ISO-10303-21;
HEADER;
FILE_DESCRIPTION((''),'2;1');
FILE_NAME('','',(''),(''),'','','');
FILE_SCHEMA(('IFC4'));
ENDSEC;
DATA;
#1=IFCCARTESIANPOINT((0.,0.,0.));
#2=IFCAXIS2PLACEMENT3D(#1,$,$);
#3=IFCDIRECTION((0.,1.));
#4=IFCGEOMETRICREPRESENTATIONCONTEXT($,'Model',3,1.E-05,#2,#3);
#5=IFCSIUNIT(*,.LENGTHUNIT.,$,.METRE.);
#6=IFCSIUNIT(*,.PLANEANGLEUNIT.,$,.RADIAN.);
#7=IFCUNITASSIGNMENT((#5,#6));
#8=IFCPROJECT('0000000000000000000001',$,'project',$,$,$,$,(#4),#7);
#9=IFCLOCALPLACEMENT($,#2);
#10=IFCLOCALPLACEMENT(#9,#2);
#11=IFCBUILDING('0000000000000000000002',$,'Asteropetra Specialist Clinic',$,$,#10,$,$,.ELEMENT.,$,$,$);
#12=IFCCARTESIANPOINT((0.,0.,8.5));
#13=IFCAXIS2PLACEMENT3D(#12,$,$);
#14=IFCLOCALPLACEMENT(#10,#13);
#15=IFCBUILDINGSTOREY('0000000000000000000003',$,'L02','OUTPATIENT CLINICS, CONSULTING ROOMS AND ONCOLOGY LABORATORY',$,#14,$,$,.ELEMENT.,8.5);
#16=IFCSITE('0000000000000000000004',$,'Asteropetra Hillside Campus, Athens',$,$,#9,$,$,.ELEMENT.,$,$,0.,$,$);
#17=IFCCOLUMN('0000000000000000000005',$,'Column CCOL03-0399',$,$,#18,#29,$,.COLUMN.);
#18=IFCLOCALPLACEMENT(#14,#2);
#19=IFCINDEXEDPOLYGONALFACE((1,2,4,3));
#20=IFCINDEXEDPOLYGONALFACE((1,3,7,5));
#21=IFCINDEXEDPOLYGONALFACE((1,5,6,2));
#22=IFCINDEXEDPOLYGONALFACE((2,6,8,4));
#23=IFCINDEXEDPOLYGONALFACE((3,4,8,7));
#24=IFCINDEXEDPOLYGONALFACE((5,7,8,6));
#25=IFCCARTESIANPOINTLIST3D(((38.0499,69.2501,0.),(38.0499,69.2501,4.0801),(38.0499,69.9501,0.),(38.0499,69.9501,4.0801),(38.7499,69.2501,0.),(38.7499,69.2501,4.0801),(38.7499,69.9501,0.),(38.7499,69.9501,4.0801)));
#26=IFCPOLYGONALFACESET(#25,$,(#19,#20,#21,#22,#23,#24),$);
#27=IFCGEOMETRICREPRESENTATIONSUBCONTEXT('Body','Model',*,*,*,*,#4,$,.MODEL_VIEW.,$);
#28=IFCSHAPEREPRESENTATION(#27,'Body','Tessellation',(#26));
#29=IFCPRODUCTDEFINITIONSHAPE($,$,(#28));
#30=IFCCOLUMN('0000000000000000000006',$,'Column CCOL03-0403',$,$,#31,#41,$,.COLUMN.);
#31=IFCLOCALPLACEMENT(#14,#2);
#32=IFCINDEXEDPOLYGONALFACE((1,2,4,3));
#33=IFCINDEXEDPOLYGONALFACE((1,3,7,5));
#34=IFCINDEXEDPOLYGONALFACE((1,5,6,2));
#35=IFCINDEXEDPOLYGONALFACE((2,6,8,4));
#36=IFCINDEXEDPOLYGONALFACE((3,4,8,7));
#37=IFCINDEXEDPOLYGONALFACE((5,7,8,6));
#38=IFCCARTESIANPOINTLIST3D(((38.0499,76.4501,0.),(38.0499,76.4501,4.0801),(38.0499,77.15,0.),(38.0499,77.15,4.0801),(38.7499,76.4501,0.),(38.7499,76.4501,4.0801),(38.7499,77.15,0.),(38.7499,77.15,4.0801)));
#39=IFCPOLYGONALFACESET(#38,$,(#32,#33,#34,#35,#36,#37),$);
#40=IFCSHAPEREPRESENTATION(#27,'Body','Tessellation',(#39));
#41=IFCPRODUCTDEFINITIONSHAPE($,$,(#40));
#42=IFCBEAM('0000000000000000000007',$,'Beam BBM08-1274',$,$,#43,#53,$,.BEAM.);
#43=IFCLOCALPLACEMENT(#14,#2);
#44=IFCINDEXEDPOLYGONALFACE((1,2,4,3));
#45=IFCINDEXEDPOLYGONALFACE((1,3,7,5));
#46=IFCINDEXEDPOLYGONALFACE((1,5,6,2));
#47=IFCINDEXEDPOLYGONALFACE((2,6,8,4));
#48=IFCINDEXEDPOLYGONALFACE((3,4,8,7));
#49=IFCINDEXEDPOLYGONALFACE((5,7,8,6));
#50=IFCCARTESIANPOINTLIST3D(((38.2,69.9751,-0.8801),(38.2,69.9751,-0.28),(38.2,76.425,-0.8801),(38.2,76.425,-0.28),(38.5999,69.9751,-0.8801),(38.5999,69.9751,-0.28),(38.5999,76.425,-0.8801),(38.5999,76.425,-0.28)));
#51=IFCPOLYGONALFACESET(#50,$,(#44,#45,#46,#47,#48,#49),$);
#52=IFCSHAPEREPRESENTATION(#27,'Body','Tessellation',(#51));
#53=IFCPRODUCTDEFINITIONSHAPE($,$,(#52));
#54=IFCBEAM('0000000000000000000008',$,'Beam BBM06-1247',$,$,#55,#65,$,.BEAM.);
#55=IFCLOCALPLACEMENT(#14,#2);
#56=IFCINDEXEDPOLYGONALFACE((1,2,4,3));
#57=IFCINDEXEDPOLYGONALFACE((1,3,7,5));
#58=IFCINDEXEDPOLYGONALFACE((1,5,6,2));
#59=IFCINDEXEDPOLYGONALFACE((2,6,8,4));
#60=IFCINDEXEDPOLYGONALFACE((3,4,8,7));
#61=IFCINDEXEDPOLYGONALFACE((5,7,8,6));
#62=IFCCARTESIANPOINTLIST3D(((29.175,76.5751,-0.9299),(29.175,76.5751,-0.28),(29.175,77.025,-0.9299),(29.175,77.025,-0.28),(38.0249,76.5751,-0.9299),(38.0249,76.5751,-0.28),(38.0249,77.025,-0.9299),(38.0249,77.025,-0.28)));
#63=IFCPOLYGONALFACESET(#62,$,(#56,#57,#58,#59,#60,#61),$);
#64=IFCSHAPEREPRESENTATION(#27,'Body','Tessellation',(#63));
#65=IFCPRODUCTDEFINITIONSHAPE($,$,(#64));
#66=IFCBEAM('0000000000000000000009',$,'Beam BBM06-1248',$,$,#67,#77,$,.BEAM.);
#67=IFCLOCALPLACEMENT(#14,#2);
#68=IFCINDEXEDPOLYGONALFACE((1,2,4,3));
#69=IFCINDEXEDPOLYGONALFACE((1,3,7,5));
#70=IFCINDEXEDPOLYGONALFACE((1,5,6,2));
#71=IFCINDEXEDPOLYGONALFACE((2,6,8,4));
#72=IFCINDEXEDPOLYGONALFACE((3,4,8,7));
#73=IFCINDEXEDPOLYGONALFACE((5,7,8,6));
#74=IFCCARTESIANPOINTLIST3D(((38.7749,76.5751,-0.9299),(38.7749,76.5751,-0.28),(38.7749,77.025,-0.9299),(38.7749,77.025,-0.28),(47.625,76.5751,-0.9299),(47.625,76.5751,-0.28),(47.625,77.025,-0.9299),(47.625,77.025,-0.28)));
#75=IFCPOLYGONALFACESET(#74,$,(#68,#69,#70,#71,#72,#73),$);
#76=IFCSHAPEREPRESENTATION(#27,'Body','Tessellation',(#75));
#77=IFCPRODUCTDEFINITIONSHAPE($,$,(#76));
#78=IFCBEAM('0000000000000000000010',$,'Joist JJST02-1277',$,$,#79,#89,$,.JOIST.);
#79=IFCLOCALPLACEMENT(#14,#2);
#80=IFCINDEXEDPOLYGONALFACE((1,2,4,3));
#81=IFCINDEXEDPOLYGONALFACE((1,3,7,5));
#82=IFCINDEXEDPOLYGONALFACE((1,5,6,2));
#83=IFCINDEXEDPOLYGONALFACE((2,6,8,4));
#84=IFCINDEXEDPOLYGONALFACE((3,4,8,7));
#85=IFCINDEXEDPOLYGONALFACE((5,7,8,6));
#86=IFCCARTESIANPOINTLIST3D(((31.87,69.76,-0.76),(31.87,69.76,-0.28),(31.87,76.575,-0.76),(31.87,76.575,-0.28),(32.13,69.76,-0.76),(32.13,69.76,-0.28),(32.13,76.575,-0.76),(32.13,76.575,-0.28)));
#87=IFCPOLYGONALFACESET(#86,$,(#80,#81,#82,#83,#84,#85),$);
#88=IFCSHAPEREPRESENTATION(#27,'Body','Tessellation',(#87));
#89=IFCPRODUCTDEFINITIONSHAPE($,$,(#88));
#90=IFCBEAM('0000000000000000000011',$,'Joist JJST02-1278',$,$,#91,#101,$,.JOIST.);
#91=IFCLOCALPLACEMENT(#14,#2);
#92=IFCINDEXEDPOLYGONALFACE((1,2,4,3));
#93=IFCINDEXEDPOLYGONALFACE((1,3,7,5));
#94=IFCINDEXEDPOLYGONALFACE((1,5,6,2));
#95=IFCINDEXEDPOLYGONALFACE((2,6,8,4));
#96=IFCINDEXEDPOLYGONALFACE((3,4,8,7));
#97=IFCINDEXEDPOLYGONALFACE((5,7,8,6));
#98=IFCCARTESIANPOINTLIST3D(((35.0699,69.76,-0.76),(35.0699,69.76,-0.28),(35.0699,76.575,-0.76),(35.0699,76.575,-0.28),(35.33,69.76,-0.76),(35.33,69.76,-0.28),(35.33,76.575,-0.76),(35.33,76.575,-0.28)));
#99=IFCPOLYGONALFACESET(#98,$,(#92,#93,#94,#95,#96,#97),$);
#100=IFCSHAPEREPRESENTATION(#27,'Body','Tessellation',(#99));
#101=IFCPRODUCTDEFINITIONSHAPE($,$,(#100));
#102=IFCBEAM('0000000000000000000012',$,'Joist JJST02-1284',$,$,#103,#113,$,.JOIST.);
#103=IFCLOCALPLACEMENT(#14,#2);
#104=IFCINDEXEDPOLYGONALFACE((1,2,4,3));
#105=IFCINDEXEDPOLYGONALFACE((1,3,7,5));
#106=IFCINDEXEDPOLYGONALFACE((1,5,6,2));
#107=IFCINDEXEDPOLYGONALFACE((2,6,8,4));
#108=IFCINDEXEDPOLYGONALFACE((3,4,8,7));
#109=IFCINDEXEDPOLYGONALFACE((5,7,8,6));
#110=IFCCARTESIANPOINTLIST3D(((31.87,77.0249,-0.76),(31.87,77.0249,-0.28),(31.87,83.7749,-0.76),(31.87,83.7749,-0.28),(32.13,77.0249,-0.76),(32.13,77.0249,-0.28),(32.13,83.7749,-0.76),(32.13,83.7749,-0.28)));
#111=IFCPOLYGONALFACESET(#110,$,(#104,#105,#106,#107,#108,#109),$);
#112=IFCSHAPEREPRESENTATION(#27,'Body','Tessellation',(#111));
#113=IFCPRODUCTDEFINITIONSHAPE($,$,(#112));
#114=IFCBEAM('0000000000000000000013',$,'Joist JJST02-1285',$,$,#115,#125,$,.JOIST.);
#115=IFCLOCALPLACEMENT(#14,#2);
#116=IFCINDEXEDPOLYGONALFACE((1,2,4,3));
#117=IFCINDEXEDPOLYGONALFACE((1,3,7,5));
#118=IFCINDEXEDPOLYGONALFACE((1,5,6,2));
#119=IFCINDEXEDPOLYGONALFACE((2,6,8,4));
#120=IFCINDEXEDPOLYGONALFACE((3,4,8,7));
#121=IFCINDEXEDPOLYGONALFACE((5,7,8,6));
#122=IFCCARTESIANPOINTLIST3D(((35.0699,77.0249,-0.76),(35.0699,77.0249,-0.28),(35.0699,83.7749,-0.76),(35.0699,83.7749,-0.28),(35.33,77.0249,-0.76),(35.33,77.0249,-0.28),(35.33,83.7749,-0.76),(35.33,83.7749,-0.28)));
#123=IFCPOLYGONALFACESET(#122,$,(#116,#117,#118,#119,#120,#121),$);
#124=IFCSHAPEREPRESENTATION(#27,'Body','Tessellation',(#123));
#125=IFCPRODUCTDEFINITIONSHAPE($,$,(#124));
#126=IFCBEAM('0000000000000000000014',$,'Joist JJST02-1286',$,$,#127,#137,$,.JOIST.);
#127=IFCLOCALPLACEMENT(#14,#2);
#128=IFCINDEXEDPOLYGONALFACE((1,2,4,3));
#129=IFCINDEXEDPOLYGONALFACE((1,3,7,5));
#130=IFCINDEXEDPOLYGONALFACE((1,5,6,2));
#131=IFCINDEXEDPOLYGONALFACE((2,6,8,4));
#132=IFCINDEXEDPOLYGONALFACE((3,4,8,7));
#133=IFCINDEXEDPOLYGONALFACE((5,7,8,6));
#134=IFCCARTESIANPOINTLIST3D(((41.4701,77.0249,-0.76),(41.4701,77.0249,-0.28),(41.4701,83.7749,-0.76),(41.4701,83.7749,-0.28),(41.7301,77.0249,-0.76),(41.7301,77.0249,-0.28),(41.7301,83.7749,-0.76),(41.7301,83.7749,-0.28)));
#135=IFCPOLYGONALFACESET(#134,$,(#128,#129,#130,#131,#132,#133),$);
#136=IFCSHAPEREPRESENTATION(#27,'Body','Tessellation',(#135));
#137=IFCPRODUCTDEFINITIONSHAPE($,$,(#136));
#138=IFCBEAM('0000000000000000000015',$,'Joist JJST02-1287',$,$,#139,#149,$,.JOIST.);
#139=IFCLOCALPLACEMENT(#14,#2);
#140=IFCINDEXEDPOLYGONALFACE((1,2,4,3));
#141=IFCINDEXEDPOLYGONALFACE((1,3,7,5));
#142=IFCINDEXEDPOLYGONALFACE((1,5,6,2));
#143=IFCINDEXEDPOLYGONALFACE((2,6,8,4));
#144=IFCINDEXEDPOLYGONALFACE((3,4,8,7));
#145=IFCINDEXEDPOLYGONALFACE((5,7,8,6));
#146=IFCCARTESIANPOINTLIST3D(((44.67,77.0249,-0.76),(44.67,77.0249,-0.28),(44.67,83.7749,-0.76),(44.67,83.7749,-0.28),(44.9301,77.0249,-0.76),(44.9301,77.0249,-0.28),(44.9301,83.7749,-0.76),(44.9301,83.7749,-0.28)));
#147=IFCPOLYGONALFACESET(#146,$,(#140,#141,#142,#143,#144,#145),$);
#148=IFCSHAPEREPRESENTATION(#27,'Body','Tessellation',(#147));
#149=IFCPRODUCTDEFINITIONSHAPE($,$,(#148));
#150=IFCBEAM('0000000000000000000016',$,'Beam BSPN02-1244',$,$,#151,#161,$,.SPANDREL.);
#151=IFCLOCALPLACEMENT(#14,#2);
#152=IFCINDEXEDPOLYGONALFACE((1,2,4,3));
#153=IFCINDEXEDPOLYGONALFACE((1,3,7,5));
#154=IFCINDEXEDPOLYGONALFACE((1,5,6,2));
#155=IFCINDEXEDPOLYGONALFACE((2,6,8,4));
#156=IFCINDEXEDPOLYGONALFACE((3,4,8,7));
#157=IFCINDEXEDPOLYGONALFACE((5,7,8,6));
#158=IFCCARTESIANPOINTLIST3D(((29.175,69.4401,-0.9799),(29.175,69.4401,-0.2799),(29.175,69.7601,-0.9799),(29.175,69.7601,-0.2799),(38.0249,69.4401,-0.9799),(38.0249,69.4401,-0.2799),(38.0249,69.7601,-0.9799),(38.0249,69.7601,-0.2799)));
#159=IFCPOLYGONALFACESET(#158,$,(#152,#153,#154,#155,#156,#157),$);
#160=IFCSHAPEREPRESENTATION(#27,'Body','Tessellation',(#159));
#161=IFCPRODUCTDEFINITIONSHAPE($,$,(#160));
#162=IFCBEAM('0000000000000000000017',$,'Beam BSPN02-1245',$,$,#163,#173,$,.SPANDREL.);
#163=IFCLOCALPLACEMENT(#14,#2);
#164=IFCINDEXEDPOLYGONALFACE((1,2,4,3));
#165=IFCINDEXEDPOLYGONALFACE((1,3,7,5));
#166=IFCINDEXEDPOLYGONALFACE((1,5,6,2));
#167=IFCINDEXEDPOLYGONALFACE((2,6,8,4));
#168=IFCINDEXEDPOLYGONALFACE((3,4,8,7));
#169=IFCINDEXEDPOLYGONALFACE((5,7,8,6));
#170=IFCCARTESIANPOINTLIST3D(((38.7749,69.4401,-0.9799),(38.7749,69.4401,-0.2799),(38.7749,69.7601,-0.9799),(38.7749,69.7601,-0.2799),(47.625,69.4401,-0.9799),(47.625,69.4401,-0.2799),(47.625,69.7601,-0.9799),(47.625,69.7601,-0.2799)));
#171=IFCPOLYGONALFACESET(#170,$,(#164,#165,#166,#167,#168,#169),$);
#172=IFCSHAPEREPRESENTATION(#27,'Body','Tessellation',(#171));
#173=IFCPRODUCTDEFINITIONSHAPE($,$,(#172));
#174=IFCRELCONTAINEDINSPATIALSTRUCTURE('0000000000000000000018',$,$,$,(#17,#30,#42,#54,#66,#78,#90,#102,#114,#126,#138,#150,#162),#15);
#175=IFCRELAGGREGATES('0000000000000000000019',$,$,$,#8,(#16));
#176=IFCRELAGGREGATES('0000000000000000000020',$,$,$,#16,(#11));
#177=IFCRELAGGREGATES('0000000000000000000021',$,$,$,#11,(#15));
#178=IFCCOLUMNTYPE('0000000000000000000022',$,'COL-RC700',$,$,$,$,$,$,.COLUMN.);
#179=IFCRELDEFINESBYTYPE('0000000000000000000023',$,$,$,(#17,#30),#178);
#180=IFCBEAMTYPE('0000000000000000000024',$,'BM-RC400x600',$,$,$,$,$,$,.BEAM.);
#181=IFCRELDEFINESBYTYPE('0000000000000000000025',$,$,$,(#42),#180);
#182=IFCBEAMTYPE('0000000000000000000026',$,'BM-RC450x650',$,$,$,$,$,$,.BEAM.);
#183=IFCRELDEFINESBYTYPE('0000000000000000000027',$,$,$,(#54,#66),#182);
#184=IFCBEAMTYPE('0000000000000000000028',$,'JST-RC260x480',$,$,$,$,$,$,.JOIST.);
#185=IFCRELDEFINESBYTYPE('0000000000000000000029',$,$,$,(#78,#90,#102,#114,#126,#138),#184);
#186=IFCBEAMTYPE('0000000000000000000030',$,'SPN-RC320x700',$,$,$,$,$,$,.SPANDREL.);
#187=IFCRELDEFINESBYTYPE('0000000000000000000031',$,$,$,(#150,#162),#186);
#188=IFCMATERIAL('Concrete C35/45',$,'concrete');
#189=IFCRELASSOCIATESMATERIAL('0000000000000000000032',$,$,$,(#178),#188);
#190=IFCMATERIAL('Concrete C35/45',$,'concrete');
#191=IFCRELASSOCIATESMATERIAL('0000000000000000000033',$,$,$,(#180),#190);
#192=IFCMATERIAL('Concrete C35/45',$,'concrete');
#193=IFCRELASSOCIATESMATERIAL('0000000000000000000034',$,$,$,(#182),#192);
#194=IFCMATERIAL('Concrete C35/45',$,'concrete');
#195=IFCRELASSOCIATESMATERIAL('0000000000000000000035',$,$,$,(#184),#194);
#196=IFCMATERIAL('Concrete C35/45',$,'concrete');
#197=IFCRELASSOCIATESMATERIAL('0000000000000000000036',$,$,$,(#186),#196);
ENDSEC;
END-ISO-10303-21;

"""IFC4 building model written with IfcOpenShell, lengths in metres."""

from ifc_helpers import new_model, si_unit, direction, frame, origin, origin_2d, place, context, subcontext, project, spatial, rectangle, extrude, material, material_profile, profile_set, type_object, element, save


model = new_model("IFC4")

# Units and contexts
model_context = context("Model", 3, precision=1e-05, world=origin(), true_north=direction((0.0, 1.0)))
body_context = subcontext(model_context, "Body", "Model", "MODEL_VIEW")
ifc_project = project(units=[si_unit("LENGTHUNIT", "METRE"), si_unit("PLANEANGLEUNIT", "RADIAN")], contexts=[model_context])

# Site, building, storey
site_placement = place(None, origin())
site = spatial("IfcSite", under=ifc_project, at=site_placement, Name="Asteropetra Hillside Campus, Athens", CompositionType="ELEMENT", RefElevation=0.0)
building_placement = place(site_placement, origin())
building = spatial("IfcBuilding", under=site, at=building_placement, Name="Asteropetra Specialist Clinic", CompositionType="ELEMENT")
storey_placement = place(building_placement, frame((0.0, 0.0, 8.5)))
storey = spatial("IfcBuildingStorey", under=building, at=storey_placement, Name="L02", Description="OUTPATIENT CLINICS, CONSULTING ROOMS AND ONCOLOGY LABORATORY", CompositionType="ELEMENT", Elevation=8.5)

# Columns
ifc_material_1 = material(Name="Concrete C35/45", Category="concrete")
ifc_material_profile_1 = material_profile(ifc_material_1, rectangle(XDim=0.7, YDim=0.7, at=origin_2d()), Name="RC 700x700")
ifc_profile_set_1 = profile_set([ifc_material_profile_1], Name="Concrete C35/45")
column_type = type_object("IfcColumnType", Name="COL-RC700", PredefinedType="COLUMN", material=ifc_profile_set_1)
for number, where, z_axis, x_axis, name in (
    (1, (38.3999, 69.6001, 0.0), (0.0, 0.0, 1.0), (1.0, 0.0, 0.0), "Column CCOL03-0399"),
    (2, (38.3999, 76.8, 0.0), (0.0, 0.0, 1.0), (1.0, 0.0, 0.0), "Column CCOL03-0403"),
):
    element("IfcColumn", number, at=place(storey_placement, frame(where, z_axis=z_axis, x_axis=x_axis)), inside=storey, type_object=column_type, Name=name, PredefinedType="COLUMN", context=body_context, shape_type="SweptSolid", body=[
        extrude(rectangle(XDim=0.7, YDim=0.7, at=origin_2d()), origin(), (0.0, 0.0, 1.0), 4.0801),
    ])

# Beams
ifc_material_2 = material(Name="Concrete C35/45", Category="concrete")
ifc_material_profile_2 = material_profile(ifc_material_2, rectangle(XDim=0.3999, YDim=0.6001, at=origin_2d()), Name="RCB 400x600")
ifc_profile_set_2 = profile_set([ifc_material_profile_2], Name="Concrete C35/45")
beam_type_1 = type_object("IfcBeamType", Name="BM-RC400x600", PredefinedType="BEAM", material=ifc_profile_set_2)
beam_1_placement = place(storey_placement, frame((38.3999, 69.9751, -0.5801), z_axis=(0.0, 1.0, 0.0), x_axis=(-1.0, 0.0, 0.0)))
element("IfcBeam", 3, at=beam_1_placement, inside=storey, type_object=beam_type_1, Name="Beam BBM08-1274", PredefinedType="BEAM", context=body_context, shape_type="SweptSolid", body=[
    extrude(rectangle(XDim=0.3999, YDim=0.6001, at=origin_2d()), origin(), (0.0, 0.0, 1.0), 6.45),
])
ifc_material_3 = material(Name="Concrete C35/45", Category="concrete")
ifc_material_profile_3 = material_profile(ifc_material_3, rectangle(XDim=0.45, YDim=0.6499, at=origin_2d()), Name="RCB 450x650")
ifc_profile_set_3 = profile_set([ifc_material_profile_3], Name="Concrete C35/45")
beam_type_2 = type_object("IfcBeamType", Name="BM-RC450x650", PredefinedType="BEAM", material=ifc_profile_set_3)
beam_2_placement = place(storey_placement, frame((29.175, 76.8, -0.605), z_axis=(1.0, 0.0, 0.0), x_axis=(0.0, 1.0, 0.0)))
element("IfcBeam", 4, at=beam_2_placement, inside=storey, type_object=beam_type_2, Name="Beam BBM06-1247", PredefinedType="BEAM", context=body_context, shape_type="SweptSolid", body=[
    extrude(rectangle(XDim=0.45, YDim=0.6499, at=origin_2d()), origin(), (0.0, 0.0, 1.0), 8.8499),
])
beam_3_placement = place(storey_placement, frame((38.7749, 76.8, -0.605), z_axis=(1.0, 0.0, 0.0), x_axis=(0.0, 1.0, 0.0)))
element("IfcBeam", 5, at=beam_3_placement, inside=storey, type_object=beam_type_2, Name="Beam BBM06-1248", PredefinedType="BEAM", context=body_context, shape_type="SweptSolid", body=[
    extrude(rectangle(XDim=0.45, YDim=0.6499, at=origin_2d()), origin(), (0.0, 0.0, 1.0), 8.8501),
])
ifc_material_4 = material(Name="Concrete C35/45", Category="concrete")
ifc_material_profile_4 = material_profile(ifc_material_4, rectangle(XDim=0.26, YDim=0.48, at=origin_2d()), Name="RCJ 260x480")
ifc_profile_set_4 = profile_set([ifc_material_profile_4], Name="Concrete C35/45")
beam_type_3 = type_object("IfcBeamType", Name="JST-RC260x480", PredefinedType="JOIST", material=ifc_profile_set_4)
for number, where, z_axis, x_axis, name in (
    (6, (32.0, 69.76, -0.52), (0.0, 1.0, 0.0), (-1.0, 0.0, 0.0), "Joist JJST02-1277"),
    (7, (35.2, 69.76, -0.52), (0.0, 1.0, 0.0), (-1.0, 0.0, 0.0), "Joist JJST02-1278"),
):
    element("IfcBeam", number, at=place(storey_placement, frame(where, z_axis=z_axis, x_axis=x_axis)), inside=storey, type_object=beam_type_3, Name=name, PredefinedType="JOIST", context=body_context, shape_type="SweptSolid", body=[
        extrude(rectangle(XDim=0.26, YDim=0.48, at=origin_2d()), origin(), (0.0, 0.0, 1.0), 6.8149),
    ])
for number, where, z_axis, x_axis, name in (
    (8, (32.0, 77.0249, -0.52), (0.0, 1.0, 0.0), (-1.0, 0.0, 0.0), "Joist JJST02-1284"),
    (9, (35.2, 77.0249, -0.52), (0.0, 1.0, 0.0), (-1.0, 0.0, 0.0), "Joist JJST02-1285"),
    (10, (41.6001, 77.0249, -0.52), (0.0, 1.0, 0.0), (-1.0, 0.0, 0.0), "Joist JJST02-1286"),
    (11, (44.8, 77.0249, -0.52), (0.0, 1.0, 0.0), (-1.0, 0.0, 0.0), "Joist JJST02-1287"),
):
    element("IfcBeam", number, at=place(storey_placement, frame(where, z_axis=z_axis, x_axis=x_axis)), inside=storey, type_object=beam_type_3, Name=name, PredefinedType="JOIST", context=body_context, shape_type="SweptSolid", body=[
        extrude(rectangle(XDim=0.26, YDim=0.48, at=origin_2d()), origin(), (0.0, 0.0, 1.0), 6.75),
    ])
ifc_material_5 = material(Name="Concrete C35/45", Category="concrete")
ifc_material_profile_5 = material_profile(ifc_material_5, rectangle(XDim=0.3201, YDim=0.7, at=origin_2d()), Name="RCS 320x700")
ifc_profile_set_5 = profile_set([ifc_material_profile_5], Name="Concrete C35/45")
beam_type_4 = type_object("IfcBeamType", Name="SPN-RC320x700", PredefinedType="SPANDREL", material=ifc_profile_set_5)
beam_4_placement = place(storey_placement, frame((29.175, 69.6001, -0.6299), z_axis=(1.0, 0.0, 0.0), x_axis=(0.0, 1.0, 0.0)))
element("IfcBeam", 12, at=beam_4_placement, inside=storey, type_object=beam_type_4, Name="Beam BSPN02-1244", PredefinedType="SPANDREL", context=body_context, shape_type="SweptSolid", body=[
    extrude(rectangle(XDim=0.3201, YDim=0.7, at=origin_2d()), origin(), (0.0, 0.0, 1.0), 8.8499),
])
beam_5_placement = place(storey_placement, frame((38.7749, 69.6001, -0.6299), z_axis=(1.0, 0.0, 0.0), x_axis=(0.0, 1.0, 0.0)))
element("IfcBeam", 13, at=beam_5_placement, inside=storey, type_object=beam_type_4, Name="Beam BSPN02-1245", PredefinedType="SPANDREL", context=body_context, shape_type="SweptSolid", body=[
    extrude(rectangle(XDim=0.3201, YDim=0.7, at=origin_2d()), origin(), (0.0, 0.0, 1.0), 8.8501),
])

save(model, "model.ifc")
